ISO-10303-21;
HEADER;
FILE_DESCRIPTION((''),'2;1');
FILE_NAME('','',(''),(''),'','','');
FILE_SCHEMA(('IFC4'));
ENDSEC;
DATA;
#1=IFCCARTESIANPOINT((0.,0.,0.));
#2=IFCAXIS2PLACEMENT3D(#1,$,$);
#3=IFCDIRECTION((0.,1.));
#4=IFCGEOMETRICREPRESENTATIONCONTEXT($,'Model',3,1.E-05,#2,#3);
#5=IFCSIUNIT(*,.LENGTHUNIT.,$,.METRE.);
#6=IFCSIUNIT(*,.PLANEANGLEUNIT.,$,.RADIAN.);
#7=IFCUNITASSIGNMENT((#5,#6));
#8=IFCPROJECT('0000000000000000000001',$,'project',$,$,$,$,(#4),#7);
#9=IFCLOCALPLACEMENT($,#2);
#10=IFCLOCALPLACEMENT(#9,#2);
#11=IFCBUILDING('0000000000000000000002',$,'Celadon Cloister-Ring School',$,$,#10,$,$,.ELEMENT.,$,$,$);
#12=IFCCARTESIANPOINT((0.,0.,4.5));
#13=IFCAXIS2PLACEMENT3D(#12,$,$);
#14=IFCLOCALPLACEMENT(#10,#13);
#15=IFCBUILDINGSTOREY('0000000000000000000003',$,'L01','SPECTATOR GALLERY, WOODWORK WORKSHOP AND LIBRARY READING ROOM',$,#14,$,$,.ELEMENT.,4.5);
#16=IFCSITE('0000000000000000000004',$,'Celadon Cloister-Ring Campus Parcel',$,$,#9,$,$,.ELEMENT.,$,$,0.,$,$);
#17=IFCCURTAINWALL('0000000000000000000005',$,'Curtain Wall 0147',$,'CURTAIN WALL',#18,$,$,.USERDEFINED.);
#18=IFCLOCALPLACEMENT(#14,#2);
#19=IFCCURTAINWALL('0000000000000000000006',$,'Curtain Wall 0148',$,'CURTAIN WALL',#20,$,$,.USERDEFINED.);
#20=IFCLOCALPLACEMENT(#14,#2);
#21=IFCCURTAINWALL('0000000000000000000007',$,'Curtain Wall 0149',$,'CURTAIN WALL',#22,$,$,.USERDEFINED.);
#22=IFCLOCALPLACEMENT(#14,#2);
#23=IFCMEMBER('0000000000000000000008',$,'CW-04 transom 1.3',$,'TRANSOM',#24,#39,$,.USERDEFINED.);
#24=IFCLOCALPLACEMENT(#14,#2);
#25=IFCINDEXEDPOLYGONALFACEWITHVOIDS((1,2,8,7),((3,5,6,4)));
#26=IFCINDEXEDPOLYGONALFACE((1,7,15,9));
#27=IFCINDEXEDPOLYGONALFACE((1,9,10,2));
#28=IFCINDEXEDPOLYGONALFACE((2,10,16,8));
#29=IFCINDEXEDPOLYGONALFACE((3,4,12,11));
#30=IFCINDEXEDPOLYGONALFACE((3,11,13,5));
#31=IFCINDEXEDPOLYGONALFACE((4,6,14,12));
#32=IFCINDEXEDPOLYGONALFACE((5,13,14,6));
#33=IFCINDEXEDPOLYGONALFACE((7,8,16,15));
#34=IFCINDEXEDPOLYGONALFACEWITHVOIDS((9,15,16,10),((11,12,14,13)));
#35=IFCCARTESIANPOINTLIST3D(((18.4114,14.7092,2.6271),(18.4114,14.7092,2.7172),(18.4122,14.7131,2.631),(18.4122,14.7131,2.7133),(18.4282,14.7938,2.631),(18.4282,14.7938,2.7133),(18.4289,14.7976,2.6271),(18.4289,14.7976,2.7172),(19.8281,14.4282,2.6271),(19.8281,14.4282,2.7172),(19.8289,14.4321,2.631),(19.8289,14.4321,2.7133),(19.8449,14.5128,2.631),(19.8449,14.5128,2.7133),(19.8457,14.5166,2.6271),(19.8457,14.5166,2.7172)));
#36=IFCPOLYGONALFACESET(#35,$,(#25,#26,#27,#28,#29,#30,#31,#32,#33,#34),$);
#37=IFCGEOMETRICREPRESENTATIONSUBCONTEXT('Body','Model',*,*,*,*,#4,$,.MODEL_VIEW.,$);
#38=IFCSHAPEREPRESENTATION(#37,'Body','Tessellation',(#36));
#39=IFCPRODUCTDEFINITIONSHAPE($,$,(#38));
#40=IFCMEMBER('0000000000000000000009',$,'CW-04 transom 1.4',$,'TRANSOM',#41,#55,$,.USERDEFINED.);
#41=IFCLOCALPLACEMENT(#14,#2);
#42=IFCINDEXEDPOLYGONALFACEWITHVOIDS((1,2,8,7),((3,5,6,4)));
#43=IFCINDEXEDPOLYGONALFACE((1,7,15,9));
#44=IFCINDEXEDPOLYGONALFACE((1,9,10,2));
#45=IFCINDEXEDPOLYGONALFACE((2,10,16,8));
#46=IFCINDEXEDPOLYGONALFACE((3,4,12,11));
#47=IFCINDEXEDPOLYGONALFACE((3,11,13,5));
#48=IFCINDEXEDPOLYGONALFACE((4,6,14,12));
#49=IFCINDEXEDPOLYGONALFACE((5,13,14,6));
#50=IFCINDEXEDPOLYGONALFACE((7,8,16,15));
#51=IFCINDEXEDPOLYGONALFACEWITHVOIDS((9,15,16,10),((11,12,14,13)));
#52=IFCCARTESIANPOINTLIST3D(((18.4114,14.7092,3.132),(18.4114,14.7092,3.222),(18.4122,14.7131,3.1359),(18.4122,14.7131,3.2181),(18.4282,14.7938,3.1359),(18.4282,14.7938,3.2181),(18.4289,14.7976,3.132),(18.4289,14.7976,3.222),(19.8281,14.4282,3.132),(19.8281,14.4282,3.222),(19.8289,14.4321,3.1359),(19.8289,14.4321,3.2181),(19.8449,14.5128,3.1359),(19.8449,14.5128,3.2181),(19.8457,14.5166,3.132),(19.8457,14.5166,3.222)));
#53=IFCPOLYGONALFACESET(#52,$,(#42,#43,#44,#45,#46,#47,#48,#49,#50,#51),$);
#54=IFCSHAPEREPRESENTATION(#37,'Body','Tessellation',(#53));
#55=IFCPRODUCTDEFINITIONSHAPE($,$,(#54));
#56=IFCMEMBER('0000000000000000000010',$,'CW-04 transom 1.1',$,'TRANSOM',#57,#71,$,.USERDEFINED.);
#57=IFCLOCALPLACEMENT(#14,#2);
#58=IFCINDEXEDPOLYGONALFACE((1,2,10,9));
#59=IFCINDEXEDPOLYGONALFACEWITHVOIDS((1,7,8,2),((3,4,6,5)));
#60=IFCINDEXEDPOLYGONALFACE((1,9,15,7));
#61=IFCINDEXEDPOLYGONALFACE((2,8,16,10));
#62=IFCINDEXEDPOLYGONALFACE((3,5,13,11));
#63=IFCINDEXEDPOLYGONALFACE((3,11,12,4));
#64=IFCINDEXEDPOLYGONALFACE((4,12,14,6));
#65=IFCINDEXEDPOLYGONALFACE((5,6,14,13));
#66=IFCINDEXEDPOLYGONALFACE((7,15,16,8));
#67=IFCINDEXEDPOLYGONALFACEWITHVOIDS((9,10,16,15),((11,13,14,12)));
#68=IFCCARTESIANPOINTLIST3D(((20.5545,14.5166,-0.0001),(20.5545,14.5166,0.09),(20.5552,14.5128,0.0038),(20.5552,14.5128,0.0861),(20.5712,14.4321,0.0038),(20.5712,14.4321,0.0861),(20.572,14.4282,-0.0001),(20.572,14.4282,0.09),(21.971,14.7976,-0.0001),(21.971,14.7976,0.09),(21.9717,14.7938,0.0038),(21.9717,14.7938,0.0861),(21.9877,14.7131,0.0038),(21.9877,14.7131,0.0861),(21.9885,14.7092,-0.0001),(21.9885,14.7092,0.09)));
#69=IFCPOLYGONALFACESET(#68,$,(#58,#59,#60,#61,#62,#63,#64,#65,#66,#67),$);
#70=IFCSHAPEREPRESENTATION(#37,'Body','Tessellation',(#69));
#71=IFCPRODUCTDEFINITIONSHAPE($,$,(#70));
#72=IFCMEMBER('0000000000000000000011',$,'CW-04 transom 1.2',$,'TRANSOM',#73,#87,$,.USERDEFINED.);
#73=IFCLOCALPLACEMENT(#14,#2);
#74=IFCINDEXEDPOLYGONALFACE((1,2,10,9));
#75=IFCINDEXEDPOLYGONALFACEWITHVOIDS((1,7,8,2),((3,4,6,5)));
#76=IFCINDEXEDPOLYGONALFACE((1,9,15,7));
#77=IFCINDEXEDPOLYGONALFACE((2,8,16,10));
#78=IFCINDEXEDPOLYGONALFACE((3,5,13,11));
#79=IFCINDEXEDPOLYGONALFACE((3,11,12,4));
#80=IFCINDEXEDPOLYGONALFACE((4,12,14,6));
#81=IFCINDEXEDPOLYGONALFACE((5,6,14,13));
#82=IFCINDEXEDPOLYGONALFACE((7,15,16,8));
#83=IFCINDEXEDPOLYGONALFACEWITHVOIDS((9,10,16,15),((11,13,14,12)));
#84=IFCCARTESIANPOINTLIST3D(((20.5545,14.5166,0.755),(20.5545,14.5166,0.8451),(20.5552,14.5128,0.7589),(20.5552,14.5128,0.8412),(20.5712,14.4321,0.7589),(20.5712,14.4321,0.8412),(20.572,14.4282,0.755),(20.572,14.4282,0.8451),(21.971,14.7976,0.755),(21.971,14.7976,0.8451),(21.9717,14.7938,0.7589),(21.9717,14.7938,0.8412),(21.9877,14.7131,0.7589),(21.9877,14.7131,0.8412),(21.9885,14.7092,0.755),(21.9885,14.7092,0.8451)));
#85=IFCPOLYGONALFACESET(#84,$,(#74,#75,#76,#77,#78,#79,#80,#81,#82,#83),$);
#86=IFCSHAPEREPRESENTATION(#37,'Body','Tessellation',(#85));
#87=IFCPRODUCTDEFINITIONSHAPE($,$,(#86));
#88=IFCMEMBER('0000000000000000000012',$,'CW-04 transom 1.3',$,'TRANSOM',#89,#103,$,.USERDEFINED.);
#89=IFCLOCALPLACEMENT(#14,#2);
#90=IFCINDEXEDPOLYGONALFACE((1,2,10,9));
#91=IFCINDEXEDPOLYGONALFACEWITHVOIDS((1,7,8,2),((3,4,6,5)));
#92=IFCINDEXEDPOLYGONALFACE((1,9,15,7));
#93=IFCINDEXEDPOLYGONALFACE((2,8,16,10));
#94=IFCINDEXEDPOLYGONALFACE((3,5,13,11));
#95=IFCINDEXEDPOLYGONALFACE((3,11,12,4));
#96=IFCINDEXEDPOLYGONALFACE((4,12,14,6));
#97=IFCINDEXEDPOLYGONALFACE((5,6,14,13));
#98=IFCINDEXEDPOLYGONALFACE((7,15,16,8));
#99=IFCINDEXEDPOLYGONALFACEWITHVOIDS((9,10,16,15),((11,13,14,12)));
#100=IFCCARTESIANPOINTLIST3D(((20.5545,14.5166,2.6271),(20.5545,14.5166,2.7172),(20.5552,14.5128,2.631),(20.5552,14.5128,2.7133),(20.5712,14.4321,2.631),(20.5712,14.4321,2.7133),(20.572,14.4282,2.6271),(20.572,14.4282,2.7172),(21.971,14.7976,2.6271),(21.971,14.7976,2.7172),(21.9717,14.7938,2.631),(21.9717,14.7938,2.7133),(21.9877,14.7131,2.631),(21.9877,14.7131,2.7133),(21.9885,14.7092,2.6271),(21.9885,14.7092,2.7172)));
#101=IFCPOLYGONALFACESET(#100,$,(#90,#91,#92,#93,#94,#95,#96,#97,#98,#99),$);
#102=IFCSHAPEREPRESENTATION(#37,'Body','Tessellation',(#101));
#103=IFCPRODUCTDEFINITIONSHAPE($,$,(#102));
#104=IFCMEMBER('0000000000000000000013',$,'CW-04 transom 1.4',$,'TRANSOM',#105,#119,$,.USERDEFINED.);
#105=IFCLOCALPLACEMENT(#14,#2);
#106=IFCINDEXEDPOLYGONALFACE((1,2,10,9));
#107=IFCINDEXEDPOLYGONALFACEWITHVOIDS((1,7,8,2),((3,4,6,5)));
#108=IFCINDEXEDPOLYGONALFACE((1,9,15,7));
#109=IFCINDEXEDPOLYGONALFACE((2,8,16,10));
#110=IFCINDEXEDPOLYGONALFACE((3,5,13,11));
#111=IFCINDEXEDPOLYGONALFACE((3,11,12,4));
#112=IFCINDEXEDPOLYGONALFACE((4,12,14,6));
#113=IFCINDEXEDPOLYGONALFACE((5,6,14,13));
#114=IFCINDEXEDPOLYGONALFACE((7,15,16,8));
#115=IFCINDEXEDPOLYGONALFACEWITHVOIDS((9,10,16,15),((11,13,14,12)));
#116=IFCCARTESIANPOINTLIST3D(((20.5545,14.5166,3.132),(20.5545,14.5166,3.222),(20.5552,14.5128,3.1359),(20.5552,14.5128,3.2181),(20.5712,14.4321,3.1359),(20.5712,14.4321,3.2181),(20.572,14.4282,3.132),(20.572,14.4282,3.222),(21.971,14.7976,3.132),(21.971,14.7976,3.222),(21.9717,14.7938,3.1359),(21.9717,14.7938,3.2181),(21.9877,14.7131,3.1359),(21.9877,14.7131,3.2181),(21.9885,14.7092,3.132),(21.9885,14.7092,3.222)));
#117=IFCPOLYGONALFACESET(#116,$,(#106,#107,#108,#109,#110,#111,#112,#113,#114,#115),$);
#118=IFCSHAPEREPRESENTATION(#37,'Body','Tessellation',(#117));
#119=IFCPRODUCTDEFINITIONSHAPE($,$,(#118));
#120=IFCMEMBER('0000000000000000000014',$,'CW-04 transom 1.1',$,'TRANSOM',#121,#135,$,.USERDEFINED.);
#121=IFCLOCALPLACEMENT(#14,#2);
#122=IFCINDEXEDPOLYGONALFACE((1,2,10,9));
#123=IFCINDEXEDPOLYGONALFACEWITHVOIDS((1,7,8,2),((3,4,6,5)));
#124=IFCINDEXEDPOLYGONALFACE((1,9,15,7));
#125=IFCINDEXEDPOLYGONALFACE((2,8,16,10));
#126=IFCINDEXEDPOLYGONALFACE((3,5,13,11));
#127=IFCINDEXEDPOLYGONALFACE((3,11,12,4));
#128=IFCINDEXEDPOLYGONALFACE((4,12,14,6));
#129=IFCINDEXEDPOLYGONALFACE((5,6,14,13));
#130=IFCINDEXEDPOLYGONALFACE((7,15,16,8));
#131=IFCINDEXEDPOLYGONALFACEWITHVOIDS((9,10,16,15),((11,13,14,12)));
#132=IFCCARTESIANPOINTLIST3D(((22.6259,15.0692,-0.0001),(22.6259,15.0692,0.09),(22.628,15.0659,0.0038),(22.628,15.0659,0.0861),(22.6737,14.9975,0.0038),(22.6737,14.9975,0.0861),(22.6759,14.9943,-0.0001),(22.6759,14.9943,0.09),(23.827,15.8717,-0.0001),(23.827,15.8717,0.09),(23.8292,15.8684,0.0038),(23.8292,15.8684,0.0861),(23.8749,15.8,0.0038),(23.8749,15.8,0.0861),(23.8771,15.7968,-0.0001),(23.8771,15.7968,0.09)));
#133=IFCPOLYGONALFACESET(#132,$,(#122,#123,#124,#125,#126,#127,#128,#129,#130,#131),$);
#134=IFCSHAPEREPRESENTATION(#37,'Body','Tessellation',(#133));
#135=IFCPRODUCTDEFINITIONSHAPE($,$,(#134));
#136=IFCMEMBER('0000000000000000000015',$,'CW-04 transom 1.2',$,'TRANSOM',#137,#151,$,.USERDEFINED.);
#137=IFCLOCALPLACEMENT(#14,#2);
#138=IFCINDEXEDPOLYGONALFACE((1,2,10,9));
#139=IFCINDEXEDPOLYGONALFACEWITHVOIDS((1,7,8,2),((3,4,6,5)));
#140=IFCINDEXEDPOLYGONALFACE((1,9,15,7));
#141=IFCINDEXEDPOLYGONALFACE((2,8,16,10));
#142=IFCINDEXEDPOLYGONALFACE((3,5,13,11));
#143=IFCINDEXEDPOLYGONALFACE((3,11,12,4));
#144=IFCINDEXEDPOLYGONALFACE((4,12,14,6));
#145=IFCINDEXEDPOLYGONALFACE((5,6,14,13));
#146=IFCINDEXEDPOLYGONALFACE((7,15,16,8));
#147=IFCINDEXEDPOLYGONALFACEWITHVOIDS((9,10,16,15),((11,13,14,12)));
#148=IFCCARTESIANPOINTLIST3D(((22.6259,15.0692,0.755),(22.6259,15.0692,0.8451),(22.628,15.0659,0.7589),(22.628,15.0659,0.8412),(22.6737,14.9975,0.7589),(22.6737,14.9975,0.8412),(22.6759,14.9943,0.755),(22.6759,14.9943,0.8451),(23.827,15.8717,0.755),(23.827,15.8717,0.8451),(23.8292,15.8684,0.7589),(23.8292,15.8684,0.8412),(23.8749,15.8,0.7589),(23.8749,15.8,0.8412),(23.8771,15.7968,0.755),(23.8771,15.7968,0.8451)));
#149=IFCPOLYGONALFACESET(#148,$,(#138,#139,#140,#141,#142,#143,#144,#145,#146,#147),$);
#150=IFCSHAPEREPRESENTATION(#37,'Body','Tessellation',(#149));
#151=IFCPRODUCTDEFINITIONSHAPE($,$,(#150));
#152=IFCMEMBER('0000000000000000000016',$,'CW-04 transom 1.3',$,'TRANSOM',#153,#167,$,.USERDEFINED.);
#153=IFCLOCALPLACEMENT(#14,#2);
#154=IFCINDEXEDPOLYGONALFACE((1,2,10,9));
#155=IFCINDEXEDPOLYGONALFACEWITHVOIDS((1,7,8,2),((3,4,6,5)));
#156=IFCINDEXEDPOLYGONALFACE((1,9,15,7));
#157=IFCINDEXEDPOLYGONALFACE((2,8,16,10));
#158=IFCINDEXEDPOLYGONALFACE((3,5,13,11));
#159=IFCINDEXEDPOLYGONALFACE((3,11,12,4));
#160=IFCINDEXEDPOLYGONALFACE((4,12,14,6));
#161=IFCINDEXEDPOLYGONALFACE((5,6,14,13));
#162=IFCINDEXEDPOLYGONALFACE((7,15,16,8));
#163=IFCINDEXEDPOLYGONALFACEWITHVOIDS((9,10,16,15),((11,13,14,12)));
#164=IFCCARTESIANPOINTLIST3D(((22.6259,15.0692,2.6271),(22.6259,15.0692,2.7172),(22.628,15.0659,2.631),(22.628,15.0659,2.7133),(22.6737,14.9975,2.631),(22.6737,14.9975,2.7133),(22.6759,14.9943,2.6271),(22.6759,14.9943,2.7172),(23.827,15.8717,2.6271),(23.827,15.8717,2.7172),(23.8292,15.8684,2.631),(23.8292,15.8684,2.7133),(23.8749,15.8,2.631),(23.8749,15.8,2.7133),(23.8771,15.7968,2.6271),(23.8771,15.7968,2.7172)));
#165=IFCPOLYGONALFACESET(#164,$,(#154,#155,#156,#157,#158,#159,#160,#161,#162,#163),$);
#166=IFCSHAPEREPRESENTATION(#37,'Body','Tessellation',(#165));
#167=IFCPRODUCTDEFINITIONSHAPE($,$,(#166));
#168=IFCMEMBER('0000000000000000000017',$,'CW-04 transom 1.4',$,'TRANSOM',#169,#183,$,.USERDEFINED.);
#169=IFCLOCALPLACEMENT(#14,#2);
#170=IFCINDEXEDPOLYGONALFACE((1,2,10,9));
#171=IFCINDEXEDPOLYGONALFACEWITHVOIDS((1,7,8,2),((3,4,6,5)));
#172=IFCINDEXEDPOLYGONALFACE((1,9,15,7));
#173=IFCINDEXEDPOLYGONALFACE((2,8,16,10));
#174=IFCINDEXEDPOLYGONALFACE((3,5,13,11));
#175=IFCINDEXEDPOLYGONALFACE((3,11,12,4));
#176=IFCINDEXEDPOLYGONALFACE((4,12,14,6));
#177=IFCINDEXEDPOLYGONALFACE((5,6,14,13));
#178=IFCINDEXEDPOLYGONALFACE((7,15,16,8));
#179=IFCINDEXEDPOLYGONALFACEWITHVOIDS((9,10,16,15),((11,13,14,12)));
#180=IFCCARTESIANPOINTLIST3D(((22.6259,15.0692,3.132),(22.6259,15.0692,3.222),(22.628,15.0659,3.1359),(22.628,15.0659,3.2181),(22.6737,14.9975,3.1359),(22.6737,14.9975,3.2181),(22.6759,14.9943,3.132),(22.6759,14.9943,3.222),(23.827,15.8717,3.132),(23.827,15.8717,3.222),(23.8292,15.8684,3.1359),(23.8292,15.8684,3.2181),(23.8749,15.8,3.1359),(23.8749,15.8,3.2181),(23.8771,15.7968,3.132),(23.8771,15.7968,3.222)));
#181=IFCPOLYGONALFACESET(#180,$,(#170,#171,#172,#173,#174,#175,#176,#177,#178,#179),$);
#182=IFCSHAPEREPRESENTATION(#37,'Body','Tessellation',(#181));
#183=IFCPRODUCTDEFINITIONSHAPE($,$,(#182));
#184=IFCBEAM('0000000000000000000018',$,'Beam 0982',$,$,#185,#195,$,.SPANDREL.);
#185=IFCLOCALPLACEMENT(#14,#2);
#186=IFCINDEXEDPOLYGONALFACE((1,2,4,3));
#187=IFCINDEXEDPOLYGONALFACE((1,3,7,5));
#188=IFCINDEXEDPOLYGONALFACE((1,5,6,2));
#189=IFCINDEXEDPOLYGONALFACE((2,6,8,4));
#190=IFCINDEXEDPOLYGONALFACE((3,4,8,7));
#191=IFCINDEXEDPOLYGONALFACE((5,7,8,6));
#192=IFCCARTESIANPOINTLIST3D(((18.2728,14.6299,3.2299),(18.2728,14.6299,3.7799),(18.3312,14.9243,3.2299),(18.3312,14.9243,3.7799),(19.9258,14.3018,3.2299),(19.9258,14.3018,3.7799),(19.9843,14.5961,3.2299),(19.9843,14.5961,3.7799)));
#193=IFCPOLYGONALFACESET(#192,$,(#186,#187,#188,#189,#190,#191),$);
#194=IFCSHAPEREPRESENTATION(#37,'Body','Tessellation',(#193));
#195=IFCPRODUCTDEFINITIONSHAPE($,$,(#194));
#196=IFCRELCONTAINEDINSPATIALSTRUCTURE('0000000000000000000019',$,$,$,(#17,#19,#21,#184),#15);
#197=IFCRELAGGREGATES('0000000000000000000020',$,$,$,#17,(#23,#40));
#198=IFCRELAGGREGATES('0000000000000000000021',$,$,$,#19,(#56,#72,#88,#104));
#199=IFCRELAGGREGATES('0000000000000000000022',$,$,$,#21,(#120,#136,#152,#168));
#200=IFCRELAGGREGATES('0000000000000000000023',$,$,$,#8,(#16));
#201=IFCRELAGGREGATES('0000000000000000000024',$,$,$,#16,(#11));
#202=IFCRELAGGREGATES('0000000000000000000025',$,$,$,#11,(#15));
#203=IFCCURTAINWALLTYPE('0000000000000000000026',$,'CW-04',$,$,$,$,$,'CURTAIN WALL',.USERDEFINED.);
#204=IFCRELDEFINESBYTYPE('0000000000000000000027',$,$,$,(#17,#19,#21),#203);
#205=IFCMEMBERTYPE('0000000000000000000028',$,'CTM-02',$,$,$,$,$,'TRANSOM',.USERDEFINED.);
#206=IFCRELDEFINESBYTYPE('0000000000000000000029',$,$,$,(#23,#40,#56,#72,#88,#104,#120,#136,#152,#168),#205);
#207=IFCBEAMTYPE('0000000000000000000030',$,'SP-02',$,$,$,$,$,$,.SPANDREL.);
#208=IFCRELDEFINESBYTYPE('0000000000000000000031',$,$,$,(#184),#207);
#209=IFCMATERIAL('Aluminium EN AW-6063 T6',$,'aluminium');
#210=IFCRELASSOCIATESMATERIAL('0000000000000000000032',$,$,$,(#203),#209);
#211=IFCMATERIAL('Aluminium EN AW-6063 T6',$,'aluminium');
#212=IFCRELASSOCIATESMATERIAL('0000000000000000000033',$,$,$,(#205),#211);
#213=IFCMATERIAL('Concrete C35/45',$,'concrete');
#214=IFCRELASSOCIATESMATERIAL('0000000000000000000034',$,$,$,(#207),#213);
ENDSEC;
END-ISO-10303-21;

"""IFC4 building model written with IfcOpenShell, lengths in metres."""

from ifc_helpers import new_model, si_unit, direction, frame, origin, origin_2d, place, context, subcontext, project, spatial, rectangle, hollow_rectangle, extrude, material, material_profile, profile_set, type_object, element, aggregate, save


model = new_model("IFC4")

# Units and contexts
model_context = context("Model", 3, precision=1e-05, world=origin(), true_north=direction((0.0, 1.0)))
body_context = subcontext(model_context, "Body", "Model", "MODEL_VIEW")
ifc_project = project(units=[si_unit("LENGTHUNIT", "METRE"), si_unit("PLANEANGLEUNIT", "RADIAN")], contexts=[model_context])

# Site, building, storey
site_placement = place(None, origin())
site = spatial("IfcSite", under=ifc_project, at=site_placement, Name="Celadon Cloister-Ring Campus Parcel", CompositionType="ELEMENT", RefElevation=0.0)
building_placement = place(site_placement, origin())
building = spatial("IfcBuilding", under=site, at=building_placement, Name="Celadon Cloister-Ring School", CompositionType="ELEMENT")
storey_placement = place(building_placement, frame((0.0, 0.0, 4.5)))
storey = spatial("IfcBuildingStorey", under=building, at=storey_placement, Name="L01", Description="SPECTATOR GALLERY, WOODWORK WORKSHOP AND LIBRARY READING ROOM", CompositionType="ELEMENT", Elevation=4.5)

# Curtain wall
ifc_material_1 = material(Name="Aluminium EN AW-6063 T6", Category="aluminium")
curtain_wall_type = type_object("IfcCurtainWallType", Name="CW-04", ElementType="CURTAIN WALL", PredefinedType="USERDEFINED", material=ifc_material_1)
curtain_wall_1_placement = place(storey_placement, origin())
curtain_wall_1 = element("IfcCurtainWall", 1, at=curtain_wall_1_placement, inside=storey, type_object=curtain_wall_type, Name="Curtain Wall 0147", ObjectType="CURTAIN WALL", PredefinedType="USERDEFINED")

# Curtain wall
curtain_wall_2_placement = place(storey_placement, origin())
curtain_wall_2 = element("IfcCurtainWall", 2, at=curtain_wall_2_placement, inside=storey, type_object=curtain_wall_type, Name="Curtain Wall 0148", ObjectType="CURTAIN WALL", PredefinedType="USERDEFINED")

# Curtain wall
curtain_wall_3_placement = place(storey_placement, origin())
curtain_wall_3 = element("IfcCurtainWall", 3, at=curtain_wall_3_placement, inside=storey, type_object=curtain_wall_type, Name="Curtain Wall 0149", ObjectType="CURTAIN WALL", PredefinedType="USERDEFINED")

# Members
ifc_material_2 = material(Name="Aluminium EN AW-6063 T6", Category="aluminium")
ifc_material_profile_1 = material_profile(ifc_material_2, hollow_rectangle(XDim=0.0901, YDim=0.0901, WallThickness=0.0039, at=origin_2d()), Name="RHS90X90X4")
ifc_profile_set_1 = profile_set([ifc_material_profile_1], Name="Aluminium EN AW-6063 T6")
member_type_1 = type_object("IfcMemberType", Name="CTM-02", ElementType="TRANSOM", PredefinedType="USERDEFINED", material=ifc_profile_set_1)
member_1_placement = place(storey_placement, frame((18.4202, 14.7534, 2.6721), z_axis=(0.980891, -0.194556, 0.0), x_axis=(0.194556, 0.980891, 0.0)))
member_1 = element("IfcMember", 4, at=member_1_placement, type_object=member_type_1, Name="CW-04 transom 1.3", ObjectType="TRANSOM", PredefinedType="USERDEFINED", context=body_context, shape_type="SweptSolid", body=[
    extrude(hollow_rectangle(XDim=0.0901, YDim=0.0901, WallThickness=0.0039, at=origin_2d()), origin(), (0.0, 0.0, 1.0), 1.4443),
])
member_2_placement = place(storey_placement, frame((18.4202, 14.7534, 3.177), z_axis=(0.980891, -0.194556, 0.0), x_axis=(0.194556, 0.980891, 0.0)))
member_2 = element("IfcMember", 5, at=member_2_placement, type_object=member_type_1, Name="CW-04 transom 1.4", ObjectType="TRANSOM", PredefinedType="USERDEFINED", context=body_context, shape_type="SweptSolid", body=[
    extrude(hollow_rectangle(XDim=0.0901, YDim=0.0901, WallThickness=0.0039, at=origin_2d()), origin(), (0.0, 0.0, 1.0), 1.4443),
])
member_3_placement = place(storey_placement, frame((20.5632, 14.4724, 0.0449), z_axis=(0.980885, 0.194588, 0.0), x_axis=(-0.194588, 0.980885, 0.0)))
member_3 = element("IfcMember", 6, at=member_3_placement, type_object=member_type_1, Name="CW-04 transom 1.1", ObjectType="TRANSOM", PredefinedType="USERDEFINED", context=body_context, shape_type="SweptSolid", body=[
    extrude(hollow_rectangle(XDim=0.0901, YDim=0.0901, WallThickness=0.0039, at=origin_2d()), origin(), (0.0, 0.0, 1.0), 1.4441),
])
member_4_placement = place(storey_placement, frame((20.5632, 14.4724, 0.8), z_axis=(0.980885, 0.194588, 0.0), x_axis=(-0.194588, 0.980885, 0.0)))
member_4 = element("IfcMember", 7, at=member_4_placement, type_object=member_type_1, Name="CW-04 transom 1.2", ObjectType="TRANSOM", PredefinedType="USERDEFINED", context=body_context, shape_type="SweptSolid", body=[
    extrude(hollow_rectangle(XDim=0.0901, YDim=0.0901, WallThickness=0.0039, at=origin_2d()), origin(), (0.0, 0.0, 1.0), 1.4441),
])
member_5_placement = place(storey_placement, frame((20.5632, 14.4724, 2.6721), z_axis=(0.980885, 0.194588, 0.0), x_axis=(-0.194588, 0.980885, 0.0)))
member_5 = element("IfcMember", 8, at=member_5_placement, type_object=member_type_1, Name="CW-04 transom 1.3", ObjectType="TRANSOM", PredefinedType="USERDEFINED", context=body_context, shape_type="SweptSolid", body=[
    extrude(hollow_rectangle(XDim=0.0901, YDim=0.0901, WallThickness=0.0039, at=origin_2d()), origin(), (0.0, 0.0, 1.0), 1.4441),
])
member_6_placement = place(storey_placement, frame((20.5632, 14.4724, 3.177), z_axis=(0.980885, 0.194588, 0.0), x_axis=(-0.194588, 0.980885, 0.0)))
member_6 = element("IfcMember", 9, at=member_6_placement, type_object=member_type_1, Name="CW-04 transom 1.4", ObjectType="TRANSOM", PredefinedType="USERDEFINED", context=body_context, shape_type="SweptSolid", body=[
    extrude(hollow_rectangle(XDim=0.0901, YDim=0.0901, WallThickness=0.0039, at=origin_2d()), origin(), (0.0, 0.0, 1.0), 1.4441),
])
member_7_placement = place(storey_placement, frame((22.6509, 15.0317, 0.0449), z_axis=(0.831504, 0.555519, 0.0), x_axis=(-0.555519, 0.831504, 0.0)))
member_7 = element("IfcMember", 10, at=member_7_placement, type_object=member_type_1, Name="CW-04 transom 1.1", ObjectType="TRANSOM", PredefinedType="USERDEFINED", context=body_context, shape_type="SweptSolid", body=[
    extrude(hollow_rectangle(XDim=0.0901, YDim=0.0901, WallThickness=0.0039, at=origin_2d()), origin(), (0.0, 0.0, 1.0), 1.4446),
])
member_8_placement = place(storey_placement, frame((22.6509, 15.0317, 0.8), z_axis=(0.831504, 0.555519, 0.0), x_axis=(-0.555519, 0.831504, 0.0)))
member_8 = element("IfcMember", 11, at=member_8_placement, type_object=member_type_1, Name="CW-04 transom 1.2", ObjectType="TRANSOM", PredefinedType="USERDEFINED", context=body_context, shape_type="SweptSolid", body=[
    extrude(hollow_rectangle(XDim=0.0901, YDim=0.0901, WallThickness=0.0039, at=origin_2d()), origin(), (0.0, 0.0, 1.0), 1.4446),
])
member_9_placement = place(storey_placement, frame((22.6509, 15.0317, 2.6721), z_axis=(0.831504, 0.555519, 0.0), x_axis=(-0.555519, 0.831504, 0.0)))
member_9 = element("IfcMember", 12, at=member_9_placement, type_object=member_type_1, Name="CW-04 transom 1.3", ObjectType="TRANSOM", PredefinedType="USERDEFINED", context=body_context, shape_type="SweptSolid", body=[
    extrude(hollow_rectangle(XDim=0.0901, YDim=0.0901, WallThickness=0.0039, at=origin_2d()), origin(), (0.0, 0.0, 1.0), 1.4446),
])
member_10_placement = place(storey_placement, frame((22.6509, 15.0317, 3.177), z_axis=(0.831504, 0.555519, 0.0), x_axis=(-0.555519, 0.831504, 0.0)))
member_10 = element("IfcMember", 13, at=member_10_placement, type_object=member_type_1, Name="CW-04 transom 1.4", ObjectType="TRANSOM", PredefinedType="USERDEFINED", context=body_context, shape_type="SweptSolid", body=[
    extrude(hollow_rectangle(XDim=0.0901, YDim=0.0901, WallThickness=0.0039, at=origin_2d()), origin(), (0.0, 0.0, 1.0), 1.4446),
])

# Beam
ifc_material_3 = material(Name="Concrete C35/45", Category="concrete")
ifc_material_profile_2 = material_profile(ifc_material_3, rectangle(XDim=0.3, YDim=0.55, at=origin_2d()), Name="RC300X550")
ifc_profile_set_2 = profile_set([ifc_material_profile_2], Name="Concrete C35/45")
beam_type = type_object("IfcBeamType", Name="SP-02", PredefinedType="SPANDREL", material=ifc_profile_set_2)
beam_1_placement = place(storey_placement, frame((18.302, 14.7771, 3.5049), z_axis=(0.980864, -0.194695, 0.0), x_axis=(0.194695, 0.980864, 0.0)))
element("IfcBeam", 14, at=beam_1_placement, inside=storey, type_object=beam_type, Name="Beam 0982", PredefinedType="SPANDREL", context=body_context, shape_type="SweptSolid", body=[
    extrude(rectangle(XDim=0.3, YDim=0.55, at=origin_2d()), origin(), (0.0, 0.0, 1.0), 1.6853),
])

aggregate(curtain_wall_1, [member_1, member_2])
aggregate(curtain_wall_2, [member_3, member_4, member_5, member_6])
aggregate(curtain_wall_3, [member_7, member_8, member_9, member_10])

save(model, "model.ifc")
